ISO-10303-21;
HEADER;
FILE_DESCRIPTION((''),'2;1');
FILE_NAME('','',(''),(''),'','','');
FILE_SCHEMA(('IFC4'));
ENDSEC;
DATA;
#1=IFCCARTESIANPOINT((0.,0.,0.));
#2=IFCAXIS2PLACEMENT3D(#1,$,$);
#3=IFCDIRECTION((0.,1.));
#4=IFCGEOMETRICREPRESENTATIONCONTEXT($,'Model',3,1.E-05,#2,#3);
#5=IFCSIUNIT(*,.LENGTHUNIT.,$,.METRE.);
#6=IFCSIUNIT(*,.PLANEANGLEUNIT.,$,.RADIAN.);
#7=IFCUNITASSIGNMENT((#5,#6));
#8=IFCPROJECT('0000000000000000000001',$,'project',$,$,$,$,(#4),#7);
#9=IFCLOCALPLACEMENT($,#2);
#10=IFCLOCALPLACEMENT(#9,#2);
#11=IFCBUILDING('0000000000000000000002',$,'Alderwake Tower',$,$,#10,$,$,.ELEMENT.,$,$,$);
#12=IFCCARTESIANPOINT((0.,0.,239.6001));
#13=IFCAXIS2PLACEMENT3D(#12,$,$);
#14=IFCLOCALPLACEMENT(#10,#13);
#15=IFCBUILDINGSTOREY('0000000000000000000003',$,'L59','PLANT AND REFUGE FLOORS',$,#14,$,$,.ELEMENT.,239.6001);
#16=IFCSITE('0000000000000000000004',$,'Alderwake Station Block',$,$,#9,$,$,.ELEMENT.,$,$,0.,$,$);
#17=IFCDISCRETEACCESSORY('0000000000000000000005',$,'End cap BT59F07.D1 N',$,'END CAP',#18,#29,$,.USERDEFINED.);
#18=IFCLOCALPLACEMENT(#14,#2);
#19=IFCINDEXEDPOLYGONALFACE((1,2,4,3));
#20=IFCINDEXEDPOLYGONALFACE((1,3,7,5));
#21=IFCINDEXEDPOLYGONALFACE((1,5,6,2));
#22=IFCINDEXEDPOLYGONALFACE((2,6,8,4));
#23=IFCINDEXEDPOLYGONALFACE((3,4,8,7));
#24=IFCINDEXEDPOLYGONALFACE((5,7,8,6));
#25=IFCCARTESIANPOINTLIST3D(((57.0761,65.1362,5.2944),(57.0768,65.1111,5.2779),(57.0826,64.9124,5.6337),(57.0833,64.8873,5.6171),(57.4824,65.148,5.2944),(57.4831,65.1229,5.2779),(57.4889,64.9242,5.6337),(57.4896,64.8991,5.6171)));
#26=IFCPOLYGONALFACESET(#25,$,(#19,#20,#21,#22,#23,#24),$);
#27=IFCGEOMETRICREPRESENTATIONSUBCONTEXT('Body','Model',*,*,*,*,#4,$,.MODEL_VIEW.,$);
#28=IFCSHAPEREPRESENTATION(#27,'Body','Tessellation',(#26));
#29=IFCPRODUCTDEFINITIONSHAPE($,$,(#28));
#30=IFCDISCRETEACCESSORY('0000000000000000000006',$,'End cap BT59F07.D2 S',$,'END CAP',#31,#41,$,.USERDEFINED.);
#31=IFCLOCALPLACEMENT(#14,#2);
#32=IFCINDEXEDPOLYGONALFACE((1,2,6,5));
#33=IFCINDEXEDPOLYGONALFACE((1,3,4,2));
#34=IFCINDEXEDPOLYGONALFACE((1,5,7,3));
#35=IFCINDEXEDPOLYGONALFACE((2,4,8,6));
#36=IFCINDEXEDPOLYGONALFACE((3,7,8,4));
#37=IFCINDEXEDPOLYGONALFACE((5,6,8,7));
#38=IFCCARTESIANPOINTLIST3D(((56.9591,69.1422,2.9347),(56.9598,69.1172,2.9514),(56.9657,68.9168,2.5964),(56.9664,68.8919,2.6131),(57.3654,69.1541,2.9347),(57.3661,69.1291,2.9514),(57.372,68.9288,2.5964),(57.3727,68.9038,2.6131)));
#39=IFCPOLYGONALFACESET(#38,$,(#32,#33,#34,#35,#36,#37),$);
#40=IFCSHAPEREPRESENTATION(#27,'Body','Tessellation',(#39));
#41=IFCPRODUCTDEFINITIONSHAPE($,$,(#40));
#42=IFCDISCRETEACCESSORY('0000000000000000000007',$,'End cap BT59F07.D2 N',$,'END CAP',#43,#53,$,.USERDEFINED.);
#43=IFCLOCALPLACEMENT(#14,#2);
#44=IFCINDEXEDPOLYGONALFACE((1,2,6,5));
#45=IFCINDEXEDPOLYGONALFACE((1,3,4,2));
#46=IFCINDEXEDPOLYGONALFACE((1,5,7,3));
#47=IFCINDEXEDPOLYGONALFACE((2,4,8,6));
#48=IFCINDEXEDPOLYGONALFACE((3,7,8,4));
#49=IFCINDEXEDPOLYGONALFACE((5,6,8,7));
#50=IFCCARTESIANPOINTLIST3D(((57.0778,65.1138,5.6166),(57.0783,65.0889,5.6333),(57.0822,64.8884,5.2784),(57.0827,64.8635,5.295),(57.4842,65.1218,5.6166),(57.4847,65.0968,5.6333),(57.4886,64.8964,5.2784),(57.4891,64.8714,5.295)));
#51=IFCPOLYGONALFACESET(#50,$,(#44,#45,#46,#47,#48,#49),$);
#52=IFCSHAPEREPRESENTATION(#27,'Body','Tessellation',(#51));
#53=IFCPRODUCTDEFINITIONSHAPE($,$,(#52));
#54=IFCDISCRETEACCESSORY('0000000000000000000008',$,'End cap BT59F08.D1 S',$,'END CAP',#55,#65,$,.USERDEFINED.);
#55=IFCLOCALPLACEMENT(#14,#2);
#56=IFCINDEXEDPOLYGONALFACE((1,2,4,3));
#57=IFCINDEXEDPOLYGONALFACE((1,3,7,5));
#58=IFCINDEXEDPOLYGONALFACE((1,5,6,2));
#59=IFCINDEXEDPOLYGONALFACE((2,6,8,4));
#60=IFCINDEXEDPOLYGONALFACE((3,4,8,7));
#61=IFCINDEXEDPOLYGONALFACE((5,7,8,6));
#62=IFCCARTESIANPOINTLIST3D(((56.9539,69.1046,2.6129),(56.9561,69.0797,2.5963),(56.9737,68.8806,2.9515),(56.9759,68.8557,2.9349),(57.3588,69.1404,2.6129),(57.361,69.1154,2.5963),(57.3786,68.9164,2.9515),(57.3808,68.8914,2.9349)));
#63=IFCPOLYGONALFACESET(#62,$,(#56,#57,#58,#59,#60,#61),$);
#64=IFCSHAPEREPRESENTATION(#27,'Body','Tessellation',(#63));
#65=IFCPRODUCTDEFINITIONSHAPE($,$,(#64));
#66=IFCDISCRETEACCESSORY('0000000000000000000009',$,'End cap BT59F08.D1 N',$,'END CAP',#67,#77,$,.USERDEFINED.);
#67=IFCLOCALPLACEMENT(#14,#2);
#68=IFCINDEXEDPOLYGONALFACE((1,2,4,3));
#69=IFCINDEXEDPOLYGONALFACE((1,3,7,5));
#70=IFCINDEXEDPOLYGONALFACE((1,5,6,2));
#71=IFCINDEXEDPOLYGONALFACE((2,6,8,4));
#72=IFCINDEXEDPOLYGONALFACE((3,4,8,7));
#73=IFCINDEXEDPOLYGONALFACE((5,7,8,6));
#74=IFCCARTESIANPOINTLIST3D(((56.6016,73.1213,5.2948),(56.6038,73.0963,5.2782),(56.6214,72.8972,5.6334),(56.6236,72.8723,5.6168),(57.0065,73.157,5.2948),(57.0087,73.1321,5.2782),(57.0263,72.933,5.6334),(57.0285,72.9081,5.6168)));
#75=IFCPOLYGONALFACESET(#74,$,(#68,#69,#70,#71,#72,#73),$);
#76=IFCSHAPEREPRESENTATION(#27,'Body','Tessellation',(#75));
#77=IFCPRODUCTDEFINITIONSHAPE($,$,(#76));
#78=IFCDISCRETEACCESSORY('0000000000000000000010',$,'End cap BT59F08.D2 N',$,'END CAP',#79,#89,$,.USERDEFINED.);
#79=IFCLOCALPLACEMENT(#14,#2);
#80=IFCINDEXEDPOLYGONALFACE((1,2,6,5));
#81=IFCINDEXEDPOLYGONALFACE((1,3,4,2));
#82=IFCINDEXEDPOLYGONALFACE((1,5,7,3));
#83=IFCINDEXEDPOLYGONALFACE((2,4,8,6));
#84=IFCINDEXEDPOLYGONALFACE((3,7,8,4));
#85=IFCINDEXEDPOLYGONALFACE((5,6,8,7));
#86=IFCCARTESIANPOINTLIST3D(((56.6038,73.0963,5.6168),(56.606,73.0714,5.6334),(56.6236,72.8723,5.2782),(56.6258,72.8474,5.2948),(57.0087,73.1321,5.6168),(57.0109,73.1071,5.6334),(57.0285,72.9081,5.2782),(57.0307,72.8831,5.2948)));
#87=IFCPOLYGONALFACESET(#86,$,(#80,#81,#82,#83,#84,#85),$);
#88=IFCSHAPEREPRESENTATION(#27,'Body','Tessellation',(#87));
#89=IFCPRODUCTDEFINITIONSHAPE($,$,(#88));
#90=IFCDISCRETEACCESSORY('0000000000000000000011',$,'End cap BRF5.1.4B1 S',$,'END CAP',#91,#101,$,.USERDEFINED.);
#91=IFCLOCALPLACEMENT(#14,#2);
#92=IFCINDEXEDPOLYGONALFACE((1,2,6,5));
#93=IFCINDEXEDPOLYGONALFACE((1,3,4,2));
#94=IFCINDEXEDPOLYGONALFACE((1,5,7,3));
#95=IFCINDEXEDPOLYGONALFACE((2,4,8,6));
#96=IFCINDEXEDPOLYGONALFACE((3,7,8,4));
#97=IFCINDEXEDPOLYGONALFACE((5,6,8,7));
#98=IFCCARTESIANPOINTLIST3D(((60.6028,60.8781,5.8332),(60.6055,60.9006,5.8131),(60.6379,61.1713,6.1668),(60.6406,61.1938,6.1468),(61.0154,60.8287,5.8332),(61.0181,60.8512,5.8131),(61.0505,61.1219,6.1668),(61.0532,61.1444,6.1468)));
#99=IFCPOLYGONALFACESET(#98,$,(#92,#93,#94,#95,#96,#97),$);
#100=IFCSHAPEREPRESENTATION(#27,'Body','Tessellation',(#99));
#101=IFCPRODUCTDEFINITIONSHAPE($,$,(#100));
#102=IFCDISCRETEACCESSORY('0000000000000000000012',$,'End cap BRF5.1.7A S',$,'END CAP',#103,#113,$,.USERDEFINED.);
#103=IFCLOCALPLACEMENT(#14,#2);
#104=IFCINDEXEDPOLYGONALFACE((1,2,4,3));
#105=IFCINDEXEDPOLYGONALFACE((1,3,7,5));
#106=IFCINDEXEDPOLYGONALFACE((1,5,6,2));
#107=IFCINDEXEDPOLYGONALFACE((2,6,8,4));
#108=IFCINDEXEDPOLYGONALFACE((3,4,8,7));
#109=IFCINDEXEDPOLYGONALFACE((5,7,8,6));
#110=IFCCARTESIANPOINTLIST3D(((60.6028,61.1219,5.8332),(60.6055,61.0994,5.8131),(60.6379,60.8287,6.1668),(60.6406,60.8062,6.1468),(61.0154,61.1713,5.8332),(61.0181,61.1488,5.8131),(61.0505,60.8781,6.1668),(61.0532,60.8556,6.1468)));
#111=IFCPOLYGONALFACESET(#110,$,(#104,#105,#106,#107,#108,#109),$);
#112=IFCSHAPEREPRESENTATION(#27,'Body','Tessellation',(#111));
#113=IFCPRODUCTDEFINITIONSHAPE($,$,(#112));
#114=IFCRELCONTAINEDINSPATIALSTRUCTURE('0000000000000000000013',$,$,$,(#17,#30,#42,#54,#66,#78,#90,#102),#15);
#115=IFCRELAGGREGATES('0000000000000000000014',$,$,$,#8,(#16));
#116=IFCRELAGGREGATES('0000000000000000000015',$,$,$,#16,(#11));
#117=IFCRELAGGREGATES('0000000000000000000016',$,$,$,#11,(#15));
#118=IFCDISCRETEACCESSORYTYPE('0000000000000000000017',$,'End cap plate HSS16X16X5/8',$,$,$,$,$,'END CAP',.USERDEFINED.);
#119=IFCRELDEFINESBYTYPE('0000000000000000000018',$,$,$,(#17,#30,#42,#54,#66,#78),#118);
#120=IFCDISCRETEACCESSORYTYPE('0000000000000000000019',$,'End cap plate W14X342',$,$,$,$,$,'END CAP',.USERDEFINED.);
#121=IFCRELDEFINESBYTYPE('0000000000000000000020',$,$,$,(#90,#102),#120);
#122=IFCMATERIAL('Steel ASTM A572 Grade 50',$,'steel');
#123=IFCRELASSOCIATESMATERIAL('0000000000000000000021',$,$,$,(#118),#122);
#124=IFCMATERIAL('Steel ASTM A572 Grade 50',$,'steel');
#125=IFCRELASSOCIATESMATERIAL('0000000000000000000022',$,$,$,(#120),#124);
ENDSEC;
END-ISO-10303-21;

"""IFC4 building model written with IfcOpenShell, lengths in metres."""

from ifc_helpers import new_model, si_unit, direction, frame, origin, origin_2d, place, context, subcontext, project, spatial, rectangle, extrude, material, material_profile, profile_set, type_object, element, save


model = new_model("IFC4")

# Units and contexts
model_context = context("Model", 3, precision=1e-05, world=origin(), true_north=direction((0.0, 1.0)))
body_context = subcontext(model_context, "Body", "Model", "MODEL_VIEW")
ifc_project = project(units=[si_unit("LENGTHUNIT", "METRE"), si_unit("PLANEANGLEUNIT", "RADIAN")], contexts=[model_context])

# Site, building, storey
site_placement = place(None, origin())
site = spatial("IfcSite", under=ifc_project, at=site_placement, Name="Alderwake Station Block", CompositionType="ELEMENT", RefElevation=0.0)
building_placement = place(site_placement, origin())
building = spatial("IfcBuilding", under=site, at=building_placement, Name="Alderwake Tower", CompositionType="ELEMENT")
storey_placement = place(building_placement, frame((0.0, 0.0, 239.6001)))
storey = spatial("IfcBuildingStorey", under=building, at=storey_placement, Name="L59", Description="PLANT AND REFUGE FLOORS", CompositionType="ELEMENT", Elevation=239.6001)

# Discrete accessories
ifc_material_1 = material(Name="Steel ASTM A572 Grade 50", Category="steel")
ifc_material_profile_1 = material_profile(ifc_material_1, rectangle(XDim=0.4065, YDim=0.4065, at=origin_2d()), Name="HSS16X16X5/8 cap")
ifc_profile_set_1 = profile_set([ifc_material_profile_1], Name="Steel ASTM A572 Grade 50")
discrete_accessory_type_1 = type_object("IfcDiscreteAccessoryType", Name="End cap plate HSS16X16X5/8", ElementType="END CAP", PredefinedType="USERDEFINED", material=ifc_profile_set_1)
for number, where, z_axis, x_axis, name in (
    (1, (57.2832, 65.0051, 5.4475), (-0.0243, 0.834288, 0.550792), (-0.999576, -0.029114, 0.0), "End cap BT59F07.D1 N"),
    (2, (57.1663, 69.0105, 2.7822), (-0.024465, 0.831801, -0.554534), (-0.999568, -0.029399, 0.0), "End cap BT59F07.D2 S"),
    (3, (57.2832, 65.0051, 5.4475), (0.016313, -0.83194, 0.554626), (0.999808, 0.019604, 0.0), "End cap BT59F07.D2 N"),
    (4, (57.1663, 69.0105, 2.7822), (0.073219, -0.829817, -0.553211), (0.99613, 0.087894, 0.0), "End cap BT59F08.D1 S"),
    (5, (56.8162, 73.0022, 5.4475), (-0.073219, 0.829817, 0.553211), (-0.99613, -0.087894, 0.0), "End cap BT59F08.D1 N"),
    (6, (56.8162, 73.0022, 5.4475), (0.073219, -0.829817, 0.553211), (0.99613, 0.087894, 0.0), "End cap BT59F08.D2 N"),
):
    element("IfcDiscreteAccessory", number, at=place(storey_placement, frame(where, z_axis=z_axis, x_axis=x_axis)), inside=storey, type_object=discrete_accessory_type_1, Name=name, ObjectType="END CAP", PredefinedType="USERDEFINED", context=body_context, shape_type="SweptSolid", body=[
        extrude(rectangle(XDim=0.4065, YDim=0.4065, at=origin_2d()), origin(), (0.0, 0.0, 1.0), 0.03),
    ])
ifc_material_2 = material(Name="Steel ASTM A572 Grade 50", Category="steel")
ifc_material_profile_2 = material_profile(ifc_material_2, rectangle(XDim=0.4155, YDim=0.4456, at=origin_2d()), Name="W14X342 cap")
ifc_profile_set_2 = profile_set([ifc_material_profile_2], Name="Steel ASTM A572 Grade 50")
discrete_accessory_type_2 = type_object("IfcDiscreteAccessoryType", Name="End cap plate W14X342", ElementType="END CAP", PredefinedType="USERDEFINED", material=ifc_profile_set_2)
for number, where, z_axis, x_axis, name in (
    (7, (60.8267, 61.0, 6.0), (0.088904, 0.743557, -0.662736), (-0.992928, 0.11872, 0.0), "End cap BRF5.1.4B1 S"),
    (8, (60.8267, 61.0, 6.0), (0.088904, -0.743557, -0.662736), (0.992928, 0.11872, 0.0), "End cap BRF5.1.7A S"),
):
    element("IfcDiscreteAccessory", number, at=place(storey_placement, frame(where, z_axis=z_axis, x_axis=x_axis)), inside=storey, type_object=discrete_accessory_type_2, Name=name, ObjectType="END CAP", PredefinedType="USERDEFINED", context=body_context, shape_type="SweptSolid", body=[
        extrude(rectangle(XDim=0.4155, YDim=0.4456, at=origin_2d()), origin(), (0.0, 0.0, 1.0), 0.0303),
    ])

save(model, "model.ifc")
